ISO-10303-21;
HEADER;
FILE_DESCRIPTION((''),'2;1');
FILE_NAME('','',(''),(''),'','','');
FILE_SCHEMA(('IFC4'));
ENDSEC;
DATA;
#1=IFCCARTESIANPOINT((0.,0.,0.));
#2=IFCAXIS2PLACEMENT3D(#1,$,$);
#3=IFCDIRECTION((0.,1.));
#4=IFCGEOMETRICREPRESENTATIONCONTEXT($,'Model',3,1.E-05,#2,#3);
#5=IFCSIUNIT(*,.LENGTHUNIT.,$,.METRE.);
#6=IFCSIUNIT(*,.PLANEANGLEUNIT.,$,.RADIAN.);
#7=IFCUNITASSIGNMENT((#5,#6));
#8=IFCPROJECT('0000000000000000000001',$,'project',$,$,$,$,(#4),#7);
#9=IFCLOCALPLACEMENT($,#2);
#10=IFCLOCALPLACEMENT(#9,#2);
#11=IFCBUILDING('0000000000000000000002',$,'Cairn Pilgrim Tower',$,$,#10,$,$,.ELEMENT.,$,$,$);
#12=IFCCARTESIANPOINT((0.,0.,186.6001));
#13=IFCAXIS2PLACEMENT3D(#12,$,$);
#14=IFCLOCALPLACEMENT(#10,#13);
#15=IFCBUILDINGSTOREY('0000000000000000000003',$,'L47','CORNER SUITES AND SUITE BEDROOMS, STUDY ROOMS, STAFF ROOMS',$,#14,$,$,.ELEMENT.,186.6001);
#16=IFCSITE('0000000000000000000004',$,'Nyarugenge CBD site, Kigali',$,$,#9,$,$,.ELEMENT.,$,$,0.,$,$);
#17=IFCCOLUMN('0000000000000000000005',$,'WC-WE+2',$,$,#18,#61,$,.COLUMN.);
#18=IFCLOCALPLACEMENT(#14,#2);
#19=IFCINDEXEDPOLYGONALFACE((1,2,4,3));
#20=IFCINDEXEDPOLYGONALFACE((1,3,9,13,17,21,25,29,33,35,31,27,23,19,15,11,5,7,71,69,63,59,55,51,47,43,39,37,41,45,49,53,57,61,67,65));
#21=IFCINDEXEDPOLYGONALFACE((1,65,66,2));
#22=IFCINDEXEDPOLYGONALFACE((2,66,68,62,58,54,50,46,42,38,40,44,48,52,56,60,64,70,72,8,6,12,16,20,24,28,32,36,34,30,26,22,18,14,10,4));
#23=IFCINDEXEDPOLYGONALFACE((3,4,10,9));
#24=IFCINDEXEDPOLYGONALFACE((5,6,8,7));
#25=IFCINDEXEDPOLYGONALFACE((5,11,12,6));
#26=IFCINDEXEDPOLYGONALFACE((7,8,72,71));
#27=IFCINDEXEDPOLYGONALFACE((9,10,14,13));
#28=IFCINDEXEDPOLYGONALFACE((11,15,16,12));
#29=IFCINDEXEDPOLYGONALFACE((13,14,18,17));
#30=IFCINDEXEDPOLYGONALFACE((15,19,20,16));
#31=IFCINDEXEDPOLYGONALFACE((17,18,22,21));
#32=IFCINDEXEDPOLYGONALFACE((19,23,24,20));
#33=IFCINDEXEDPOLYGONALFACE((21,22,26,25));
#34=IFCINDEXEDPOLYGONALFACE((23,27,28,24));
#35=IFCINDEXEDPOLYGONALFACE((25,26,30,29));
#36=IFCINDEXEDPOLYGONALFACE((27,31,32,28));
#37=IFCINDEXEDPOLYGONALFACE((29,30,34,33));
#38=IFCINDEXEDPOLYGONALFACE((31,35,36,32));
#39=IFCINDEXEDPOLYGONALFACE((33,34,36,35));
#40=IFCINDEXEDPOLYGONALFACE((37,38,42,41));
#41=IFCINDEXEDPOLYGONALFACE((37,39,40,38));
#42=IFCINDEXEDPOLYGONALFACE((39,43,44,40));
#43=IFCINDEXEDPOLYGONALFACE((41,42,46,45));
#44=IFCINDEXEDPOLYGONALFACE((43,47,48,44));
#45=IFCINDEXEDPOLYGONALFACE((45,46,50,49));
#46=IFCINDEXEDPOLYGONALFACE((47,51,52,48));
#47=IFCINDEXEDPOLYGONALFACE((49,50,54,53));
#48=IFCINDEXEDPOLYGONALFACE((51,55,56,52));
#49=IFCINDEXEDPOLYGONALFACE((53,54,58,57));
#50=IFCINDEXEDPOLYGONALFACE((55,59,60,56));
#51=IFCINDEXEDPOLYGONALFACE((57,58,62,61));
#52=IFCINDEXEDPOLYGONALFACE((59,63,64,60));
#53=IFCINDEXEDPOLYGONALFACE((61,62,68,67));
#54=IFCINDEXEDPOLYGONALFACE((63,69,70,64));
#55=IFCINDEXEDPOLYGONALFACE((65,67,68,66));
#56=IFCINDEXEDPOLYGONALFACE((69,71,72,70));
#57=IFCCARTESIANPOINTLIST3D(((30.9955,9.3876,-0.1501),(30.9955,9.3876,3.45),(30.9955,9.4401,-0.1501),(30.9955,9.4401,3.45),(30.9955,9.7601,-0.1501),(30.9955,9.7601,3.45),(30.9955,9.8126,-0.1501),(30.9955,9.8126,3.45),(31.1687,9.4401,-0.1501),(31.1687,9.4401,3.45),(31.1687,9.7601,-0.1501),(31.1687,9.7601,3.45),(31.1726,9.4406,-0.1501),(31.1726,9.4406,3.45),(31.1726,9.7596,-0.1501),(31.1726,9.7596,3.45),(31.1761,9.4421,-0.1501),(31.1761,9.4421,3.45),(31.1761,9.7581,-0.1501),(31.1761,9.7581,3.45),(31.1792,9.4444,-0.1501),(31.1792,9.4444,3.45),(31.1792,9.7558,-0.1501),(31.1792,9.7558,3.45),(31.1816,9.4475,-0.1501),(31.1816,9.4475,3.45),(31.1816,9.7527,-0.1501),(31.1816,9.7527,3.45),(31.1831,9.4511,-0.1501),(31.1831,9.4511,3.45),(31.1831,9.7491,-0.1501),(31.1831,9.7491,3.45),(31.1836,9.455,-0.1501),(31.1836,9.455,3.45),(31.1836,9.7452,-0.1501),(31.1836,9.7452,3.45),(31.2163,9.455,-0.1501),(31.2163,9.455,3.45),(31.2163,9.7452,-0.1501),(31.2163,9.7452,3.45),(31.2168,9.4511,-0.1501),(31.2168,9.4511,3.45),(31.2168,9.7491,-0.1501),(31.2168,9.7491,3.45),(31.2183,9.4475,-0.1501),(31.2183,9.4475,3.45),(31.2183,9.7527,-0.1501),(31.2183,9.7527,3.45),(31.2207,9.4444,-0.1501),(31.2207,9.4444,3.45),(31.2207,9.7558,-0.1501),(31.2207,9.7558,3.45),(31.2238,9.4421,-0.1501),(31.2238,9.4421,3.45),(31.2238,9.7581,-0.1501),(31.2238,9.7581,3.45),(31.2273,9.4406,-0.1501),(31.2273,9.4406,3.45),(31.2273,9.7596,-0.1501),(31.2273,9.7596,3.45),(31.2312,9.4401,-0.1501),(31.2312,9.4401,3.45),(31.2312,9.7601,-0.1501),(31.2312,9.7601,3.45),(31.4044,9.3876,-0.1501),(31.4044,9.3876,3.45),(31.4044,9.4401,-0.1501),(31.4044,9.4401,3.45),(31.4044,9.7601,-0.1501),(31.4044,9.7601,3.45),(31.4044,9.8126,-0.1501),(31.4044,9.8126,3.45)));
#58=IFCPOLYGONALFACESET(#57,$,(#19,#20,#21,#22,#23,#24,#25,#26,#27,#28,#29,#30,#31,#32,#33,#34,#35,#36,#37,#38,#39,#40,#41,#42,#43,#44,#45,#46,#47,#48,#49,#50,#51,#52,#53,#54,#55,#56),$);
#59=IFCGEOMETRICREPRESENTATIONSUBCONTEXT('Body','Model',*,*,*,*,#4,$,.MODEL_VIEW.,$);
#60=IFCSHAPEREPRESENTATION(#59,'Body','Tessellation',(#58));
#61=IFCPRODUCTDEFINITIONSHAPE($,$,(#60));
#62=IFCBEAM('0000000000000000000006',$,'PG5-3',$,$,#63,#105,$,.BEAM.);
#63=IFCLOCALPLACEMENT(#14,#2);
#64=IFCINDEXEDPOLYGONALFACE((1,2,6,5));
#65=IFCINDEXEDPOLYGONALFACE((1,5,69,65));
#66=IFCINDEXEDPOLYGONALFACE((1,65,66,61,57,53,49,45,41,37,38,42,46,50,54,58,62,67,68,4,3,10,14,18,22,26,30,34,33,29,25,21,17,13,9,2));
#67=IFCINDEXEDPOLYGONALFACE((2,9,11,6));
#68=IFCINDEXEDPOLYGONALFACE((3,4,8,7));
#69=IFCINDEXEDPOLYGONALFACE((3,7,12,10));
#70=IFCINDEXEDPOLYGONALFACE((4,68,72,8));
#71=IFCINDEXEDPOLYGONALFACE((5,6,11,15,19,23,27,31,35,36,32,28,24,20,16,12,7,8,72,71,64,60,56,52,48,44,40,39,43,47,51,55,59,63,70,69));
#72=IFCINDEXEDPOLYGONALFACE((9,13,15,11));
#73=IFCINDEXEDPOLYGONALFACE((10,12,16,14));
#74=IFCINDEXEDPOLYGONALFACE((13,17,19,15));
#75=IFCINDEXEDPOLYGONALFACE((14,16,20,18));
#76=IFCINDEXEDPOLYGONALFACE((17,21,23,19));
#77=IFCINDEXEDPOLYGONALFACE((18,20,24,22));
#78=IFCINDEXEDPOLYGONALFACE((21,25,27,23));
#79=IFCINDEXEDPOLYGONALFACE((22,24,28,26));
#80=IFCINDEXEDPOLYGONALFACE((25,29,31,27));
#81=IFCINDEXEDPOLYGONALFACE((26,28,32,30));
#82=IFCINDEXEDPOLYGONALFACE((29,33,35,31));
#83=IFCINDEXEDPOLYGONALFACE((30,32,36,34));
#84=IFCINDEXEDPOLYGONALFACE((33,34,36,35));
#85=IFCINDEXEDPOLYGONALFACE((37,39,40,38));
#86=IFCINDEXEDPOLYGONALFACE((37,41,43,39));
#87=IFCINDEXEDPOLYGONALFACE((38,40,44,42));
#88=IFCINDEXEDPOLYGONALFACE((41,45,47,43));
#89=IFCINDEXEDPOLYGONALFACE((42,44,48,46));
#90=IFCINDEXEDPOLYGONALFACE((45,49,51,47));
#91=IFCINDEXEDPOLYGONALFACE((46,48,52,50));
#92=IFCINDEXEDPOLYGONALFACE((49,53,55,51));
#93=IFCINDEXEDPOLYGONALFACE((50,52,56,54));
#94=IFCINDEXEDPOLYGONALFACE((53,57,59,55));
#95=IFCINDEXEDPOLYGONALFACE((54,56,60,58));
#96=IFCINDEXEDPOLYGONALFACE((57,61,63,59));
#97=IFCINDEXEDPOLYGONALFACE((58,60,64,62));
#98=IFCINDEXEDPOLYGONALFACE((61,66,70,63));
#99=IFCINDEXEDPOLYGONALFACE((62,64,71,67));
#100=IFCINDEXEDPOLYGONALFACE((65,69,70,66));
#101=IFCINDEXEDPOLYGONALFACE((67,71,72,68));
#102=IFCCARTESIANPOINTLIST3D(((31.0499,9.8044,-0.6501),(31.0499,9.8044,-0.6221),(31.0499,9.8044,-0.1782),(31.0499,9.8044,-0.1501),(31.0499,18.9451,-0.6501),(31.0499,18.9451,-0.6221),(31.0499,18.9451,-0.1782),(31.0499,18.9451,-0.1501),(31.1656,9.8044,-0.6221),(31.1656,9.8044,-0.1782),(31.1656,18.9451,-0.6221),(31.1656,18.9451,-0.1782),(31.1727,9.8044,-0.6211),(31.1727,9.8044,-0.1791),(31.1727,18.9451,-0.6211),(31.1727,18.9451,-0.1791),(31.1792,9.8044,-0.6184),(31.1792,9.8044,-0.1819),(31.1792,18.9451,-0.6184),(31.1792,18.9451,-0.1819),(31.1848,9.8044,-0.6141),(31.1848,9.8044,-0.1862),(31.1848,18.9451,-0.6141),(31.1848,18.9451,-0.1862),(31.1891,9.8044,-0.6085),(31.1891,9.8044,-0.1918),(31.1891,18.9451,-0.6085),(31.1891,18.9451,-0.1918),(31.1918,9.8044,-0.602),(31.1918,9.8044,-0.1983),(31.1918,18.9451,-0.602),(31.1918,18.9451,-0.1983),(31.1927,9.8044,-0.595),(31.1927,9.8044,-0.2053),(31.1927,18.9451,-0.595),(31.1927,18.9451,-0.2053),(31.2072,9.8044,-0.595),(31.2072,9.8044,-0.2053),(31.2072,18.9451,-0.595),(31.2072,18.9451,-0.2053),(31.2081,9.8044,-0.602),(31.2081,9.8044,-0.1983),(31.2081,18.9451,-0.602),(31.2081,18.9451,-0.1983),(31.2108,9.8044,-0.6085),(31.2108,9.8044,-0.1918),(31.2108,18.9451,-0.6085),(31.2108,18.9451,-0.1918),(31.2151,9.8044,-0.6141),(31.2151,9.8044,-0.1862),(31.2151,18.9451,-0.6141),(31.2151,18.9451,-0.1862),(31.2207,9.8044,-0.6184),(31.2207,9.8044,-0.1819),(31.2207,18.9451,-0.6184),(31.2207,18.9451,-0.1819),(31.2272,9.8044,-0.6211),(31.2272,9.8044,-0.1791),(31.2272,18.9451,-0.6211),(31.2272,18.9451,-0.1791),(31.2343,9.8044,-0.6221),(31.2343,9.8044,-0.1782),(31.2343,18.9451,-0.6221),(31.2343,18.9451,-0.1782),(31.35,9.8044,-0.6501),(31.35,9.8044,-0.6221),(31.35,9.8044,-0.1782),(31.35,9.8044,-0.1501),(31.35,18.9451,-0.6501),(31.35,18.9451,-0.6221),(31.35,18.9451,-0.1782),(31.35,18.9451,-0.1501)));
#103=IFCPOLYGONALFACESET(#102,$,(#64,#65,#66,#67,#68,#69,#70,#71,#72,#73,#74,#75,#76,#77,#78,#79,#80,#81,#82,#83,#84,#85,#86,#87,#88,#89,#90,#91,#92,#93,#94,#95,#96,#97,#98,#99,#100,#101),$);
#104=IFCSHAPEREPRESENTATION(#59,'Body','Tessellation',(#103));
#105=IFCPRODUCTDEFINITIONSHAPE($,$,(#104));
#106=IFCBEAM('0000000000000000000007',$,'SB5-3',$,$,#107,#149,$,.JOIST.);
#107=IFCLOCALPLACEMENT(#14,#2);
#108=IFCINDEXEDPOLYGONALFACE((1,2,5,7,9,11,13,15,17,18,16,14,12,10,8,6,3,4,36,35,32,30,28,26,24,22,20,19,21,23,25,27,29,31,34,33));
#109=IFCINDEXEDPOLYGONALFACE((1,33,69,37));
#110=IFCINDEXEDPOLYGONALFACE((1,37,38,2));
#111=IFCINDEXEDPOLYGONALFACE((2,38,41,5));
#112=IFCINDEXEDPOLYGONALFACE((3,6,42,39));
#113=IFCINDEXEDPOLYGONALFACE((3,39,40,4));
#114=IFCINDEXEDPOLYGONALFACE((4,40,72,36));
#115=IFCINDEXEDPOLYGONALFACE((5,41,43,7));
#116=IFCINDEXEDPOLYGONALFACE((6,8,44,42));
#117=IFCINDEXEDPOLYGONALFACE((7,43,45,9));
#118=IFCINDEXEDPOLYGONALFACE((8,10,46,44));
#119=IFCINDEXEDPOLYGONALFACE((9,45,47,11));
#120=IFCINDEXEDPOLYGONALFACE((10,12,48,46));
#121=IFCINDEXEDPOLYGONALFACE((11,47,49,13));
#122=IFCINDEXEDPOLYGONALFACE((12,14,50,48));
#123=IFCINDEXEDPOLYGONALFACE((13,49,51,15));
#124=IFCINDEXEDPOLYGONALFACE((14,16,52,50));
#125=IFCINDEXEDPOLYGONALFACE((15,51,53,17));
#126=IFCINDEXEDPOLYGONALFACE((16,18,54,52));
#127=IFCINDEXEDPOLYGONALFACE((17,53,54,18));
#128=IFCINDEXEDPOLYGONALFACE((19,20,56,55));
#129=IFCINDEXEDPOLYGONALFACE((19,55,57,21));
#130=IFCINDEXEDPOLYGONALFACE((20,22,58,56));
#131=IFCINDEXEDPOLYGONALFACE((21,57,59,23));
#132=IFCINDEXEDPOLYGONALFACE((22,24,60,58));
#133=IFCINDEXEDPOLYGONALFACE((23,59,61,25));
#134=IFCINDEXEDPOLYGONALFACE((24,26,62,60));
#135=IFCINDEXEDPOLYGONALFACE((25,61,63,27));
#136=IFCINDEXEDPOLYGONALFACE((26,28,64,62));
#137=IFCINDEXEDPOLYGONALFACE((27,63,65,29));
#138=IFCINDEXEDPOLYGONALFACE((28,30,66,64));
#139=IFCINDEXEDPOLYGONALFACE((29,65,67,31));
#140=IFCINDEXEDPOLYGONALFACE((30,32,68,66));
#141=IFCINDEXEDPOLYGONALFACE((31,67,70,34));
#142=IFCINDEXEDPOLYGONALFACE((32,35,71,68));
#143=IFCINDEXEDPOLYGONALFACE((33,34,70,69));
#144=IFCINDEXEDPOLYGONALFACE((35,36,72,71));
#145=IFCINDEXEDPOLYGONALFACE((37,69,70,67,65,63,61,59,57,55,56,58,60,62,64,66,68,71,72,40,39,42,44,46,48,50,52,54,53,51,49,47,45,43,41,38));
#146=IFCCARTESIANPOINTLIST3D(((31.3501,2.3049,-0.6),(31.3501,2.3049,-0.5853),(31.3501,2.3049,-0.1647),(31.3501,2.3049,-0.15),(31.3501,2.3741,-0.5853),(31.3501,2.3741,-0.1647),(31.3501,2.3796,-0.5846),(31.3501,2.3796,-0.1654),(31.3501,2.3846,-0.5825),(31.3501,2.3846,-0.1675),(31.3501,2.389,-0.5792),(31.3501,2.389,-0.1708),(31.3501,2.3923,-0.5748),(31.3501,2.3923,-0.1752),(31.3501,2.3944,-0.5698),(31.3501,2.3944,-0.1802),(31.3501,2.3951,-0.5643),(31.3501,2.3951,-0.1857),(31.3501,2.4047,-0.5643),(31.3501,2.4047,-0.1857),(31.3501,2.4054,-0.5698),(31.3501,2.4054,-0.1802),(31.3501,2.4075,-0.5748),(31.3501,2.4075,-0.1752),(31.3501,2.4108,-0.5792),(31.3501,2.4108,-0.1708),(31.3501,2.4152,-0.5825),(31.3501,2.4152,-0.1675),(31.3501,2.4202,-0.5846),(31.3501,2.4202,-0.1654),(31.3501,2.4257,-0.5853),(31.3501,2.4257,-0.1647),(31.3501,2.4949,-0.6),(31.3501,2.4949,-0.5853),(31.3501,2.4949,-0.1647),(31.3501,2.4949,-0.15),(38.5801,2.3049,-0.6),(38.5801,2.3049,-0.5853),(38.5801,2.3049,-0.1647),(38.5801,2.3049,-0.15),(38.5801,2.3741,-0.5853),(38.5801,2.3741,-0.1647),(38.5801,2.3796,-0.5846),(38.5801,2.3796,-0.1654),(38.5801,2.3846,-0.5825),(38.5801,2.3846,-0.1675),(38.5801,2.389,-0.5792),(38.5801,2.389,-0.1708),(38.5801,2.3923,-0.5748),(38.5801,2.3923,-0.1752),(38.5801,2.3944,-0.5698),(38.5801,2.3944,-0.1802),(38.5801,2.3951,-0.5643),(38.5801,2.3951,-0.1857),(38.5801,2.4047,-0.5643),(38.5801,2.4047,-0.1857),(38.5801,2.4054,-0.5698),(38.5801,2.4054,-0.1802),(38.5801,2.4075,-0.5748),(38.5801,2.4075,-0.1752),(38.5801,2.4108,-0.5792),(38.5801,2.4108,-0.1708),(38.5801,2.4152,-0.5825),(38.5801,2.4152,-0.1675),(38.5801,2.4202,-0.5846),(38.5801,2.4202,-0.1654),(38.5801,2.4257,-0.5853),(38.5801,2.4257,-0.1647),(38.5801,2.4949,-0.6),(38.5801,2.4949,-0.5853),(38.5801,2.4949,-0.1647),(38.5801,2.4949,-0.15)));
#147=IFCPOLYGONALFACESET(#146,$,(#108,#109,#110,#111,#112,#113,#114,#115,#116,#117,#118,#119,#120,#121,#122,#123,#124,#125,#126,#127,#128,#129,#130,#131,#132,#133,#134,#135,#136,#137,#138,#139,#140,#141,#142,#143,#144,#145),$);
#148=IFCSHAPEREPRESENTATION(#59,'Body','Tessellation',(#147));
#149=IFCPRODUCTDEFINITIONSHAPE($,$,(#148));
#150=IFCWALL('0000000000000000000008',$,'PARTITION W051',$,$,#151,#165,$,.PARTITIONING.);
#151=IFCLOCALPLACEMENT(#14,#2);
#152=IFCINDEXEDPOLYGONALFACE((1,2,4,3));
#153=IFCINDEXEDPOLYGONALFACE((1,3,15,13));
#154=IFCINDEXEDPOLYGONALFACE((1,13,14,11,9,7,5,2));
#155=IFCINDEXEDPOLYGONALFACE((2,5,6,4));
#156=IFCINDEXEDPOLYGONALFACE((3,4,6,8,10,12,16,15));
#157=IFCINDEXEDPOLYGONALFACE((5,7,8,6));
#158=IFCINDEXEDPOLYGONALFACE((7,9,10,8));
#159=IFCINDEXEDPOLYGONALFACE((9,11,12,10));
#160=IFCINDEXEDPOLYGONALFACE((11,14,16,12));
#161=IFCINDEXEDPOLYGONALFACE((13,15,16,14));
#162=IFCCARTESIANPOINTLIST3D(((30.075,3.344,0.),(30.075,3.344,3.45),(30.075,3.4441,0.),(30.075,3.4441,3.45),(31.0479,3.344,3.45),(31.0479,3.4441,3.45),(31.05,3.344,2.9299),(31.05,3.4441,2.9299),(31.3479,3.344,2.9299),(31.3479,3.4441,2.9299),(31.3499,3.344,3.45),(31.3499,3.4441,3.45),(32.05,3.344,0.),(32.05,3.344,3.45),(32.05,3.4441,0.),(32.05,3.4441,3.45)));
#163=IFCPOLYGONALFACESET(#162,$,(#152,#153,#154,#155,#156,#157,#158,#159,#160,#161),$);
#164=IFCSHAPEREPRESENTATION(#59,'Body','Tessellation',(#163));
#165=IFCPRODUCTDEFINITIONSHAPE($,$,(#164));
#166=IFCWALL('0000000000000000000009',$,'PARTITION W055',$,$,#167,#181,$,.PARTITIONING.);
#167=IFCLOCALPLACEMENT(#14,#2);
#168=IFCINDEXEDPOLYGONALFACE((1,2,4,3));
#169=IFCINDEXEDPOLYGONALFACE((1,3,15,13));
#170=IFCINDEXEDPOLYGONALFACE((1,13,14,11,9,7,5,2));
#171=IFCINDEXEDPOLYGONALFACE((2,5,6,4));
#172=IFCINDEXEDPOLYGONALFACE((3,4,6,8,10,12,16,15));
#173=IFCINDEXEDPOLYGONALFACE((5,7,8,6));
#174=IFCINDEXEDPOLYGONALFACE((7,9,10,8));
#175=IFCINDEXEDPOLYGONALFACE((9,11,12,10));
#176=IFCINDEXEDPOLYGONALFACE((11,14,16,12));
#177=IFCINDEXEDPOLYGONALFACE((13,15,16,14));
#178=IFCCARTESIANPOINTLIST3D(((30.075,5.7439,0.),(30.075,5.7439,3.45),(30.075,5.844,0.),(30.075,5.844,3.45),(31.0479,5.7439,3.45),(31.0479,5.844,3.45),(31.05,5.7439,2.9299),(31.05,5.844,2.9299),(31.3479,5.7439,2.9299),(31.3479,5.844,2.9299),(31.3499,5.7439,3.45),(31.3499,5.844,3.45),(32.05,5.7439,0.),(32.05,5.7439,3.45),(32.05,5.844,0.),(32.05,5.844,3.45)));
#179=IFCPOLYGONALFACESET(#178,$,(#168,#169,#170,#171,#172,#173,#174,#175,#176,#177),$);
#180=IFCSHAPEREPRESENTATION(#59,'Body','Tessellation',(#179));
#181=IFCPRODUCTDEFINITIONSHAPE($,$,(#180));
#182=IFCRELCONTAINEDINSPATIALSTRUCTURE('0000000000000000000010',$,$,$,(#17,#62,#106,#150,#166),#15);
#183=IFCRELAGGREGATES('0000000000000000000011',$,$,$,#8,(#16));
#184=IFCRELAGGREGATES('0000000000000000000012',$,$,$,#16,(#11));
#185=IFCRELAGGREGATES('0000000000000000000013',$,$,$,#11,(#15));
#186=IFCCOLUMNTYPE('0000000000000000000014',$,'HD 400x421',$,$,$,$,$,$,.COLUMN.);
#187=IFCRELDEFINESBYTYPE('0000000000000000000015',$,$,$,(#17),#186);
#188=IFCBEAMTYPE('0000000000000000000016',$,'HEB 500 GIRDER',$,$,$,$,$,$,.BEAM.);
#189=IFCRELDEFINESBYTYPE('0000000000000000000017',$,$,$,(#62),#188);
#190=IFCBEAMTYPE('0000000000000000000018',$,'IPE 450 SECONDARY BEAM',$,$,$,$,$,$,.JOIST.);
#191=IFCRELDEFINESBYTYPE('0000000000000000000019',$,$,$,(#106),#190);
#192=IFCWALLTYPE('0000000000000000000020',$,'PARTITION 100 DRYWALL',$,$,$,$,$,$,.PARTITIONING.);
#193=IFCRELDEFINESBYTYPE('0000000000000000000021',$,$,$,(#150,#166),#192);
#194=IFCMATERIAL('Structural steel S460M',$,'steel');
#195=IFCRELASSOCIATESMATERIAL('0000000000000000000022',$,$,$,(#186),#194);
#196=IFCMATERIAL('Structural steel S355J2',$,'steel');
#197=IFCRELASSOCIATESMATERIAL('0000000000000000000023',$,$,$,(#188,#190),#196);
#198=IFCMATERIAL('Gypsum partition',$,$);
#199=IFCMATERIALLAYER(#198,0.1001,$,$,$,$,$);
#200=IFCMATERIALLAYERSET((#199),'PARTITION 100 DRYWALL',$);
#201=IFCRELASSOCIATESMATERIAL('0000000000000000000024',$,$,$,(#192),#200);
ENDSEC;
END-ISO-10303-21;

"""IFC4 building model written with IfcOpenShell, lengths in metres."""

from ifc_helpers import new_model, si_unit, direction, frame, origin, origin_2d, place, context, subcontext, project, spatial, polyline, i_section, outline, extrude, material, layer, layer_set, material_profile, profile_set, type_object, element, save


model = new_model("IFC4")

# Units and contexts
model_context = context("Model", 3, precision=1e-05, world=origin(), true_north=direction((0.0, 1.0)))
body_context = subcontext(model_context, "Body", "Model", "MODEL_VIEW")
ifc_project = project(units=[si_unit("LENGTHUNIT", "METRE"), si_unit("PLANEANGLEUNIT", "RADIAN")], contexts=[model_context])

# Site, building, storey
site_placement = place(None, origin())
site = spatial("IfcSite", under=ifc_project, at=site_placement, Name="Nyarugenge CBD site, Kigali", CompositionType="ELEMENT", RefElevation=0.0)
building_placement = place(site_placement, origin())
building = spatial("IfcBuilding", under=site, at=building_placement, Name="Cairn Pilgrim Tower", CompositionType="ELEMENT")
storey_placement = place(building_placement, frame((0.0, 0.0, 186.6001)))
storey = spatial("IfcBuildingStorey", under=building, at=storey_placement, Name="L47", Description="CORNER SUITES AND SUITE BEDROOMS, STUDY ROOMS, STAFF ROOMS", CompositionType="ELEMENT", Elevation=186.6001)

# Column
ifc_material_1 = material(Name="Structural steel S460M", Category="steel")
ifc_material_profile_1 = material_profile(ifc_material_1, i_section(OverallWidth=0.4089, OverallDepth=0.425, WebThickness=0.0327, FlangeThickness=0.0525, FilletRadius=0.0149, at=origin_2d()), Name="HD 400x421")
ifc_profile_set_1 = profile_set([ifc_material_profile_1], Name="Structural steel S460M")
column_type = type_object("IfcColumnType", Name="HD 400x421", PredefinedType="COLUMN", material=ifc_profile_set_1)
column_placement = place(storey_placement, frame((31.2, 9.6001, -0.1501), z_axis=(0.0, 0.0, 1.0), x_axis=(1.0, 0.0, 0.0)))
element("IfcColumn", 1, at=column_placement, inside=storey, type_object=column_type, Name="WC-WE+2", PredefinedType="COLUMN", context=body_context, shape_type="SweptSolid", body=[
    extrude(i_section(OverallWidth=0.4089, OverallDepth=0.425, WebThickness=0.0327, FlangeThickness=0.0525, FilletRadius=0.0149, at=origin_2d()), origin(), (0.0, 0.0, 1.0), 3.6001),
])

# Beams
ifc_material_2 = material(Name="Structural steel S355J2", Category="steel")
ifc_material_profile_2 = material_profile(ifc_material_2, i_section(OverallWidth=0.3, OverallDepth=0.5, WebThickness=0.0144, FlangeThickness=0.0281, FilletRadius=0.0271, at=origin_2d()), Name="HEB 500")
ifc_profile_set_2 = profile_set([ifc_material_profile_2], Name="Structural steel S355J2")
beam_type_1 = type_object("IfcBeamType", Name="HEB 500 GIRDER", PredefinedType="BEAM", material=ifc_profile_set_2)
beam_1_placement = place(storey_placement, frame((31.2, 9.8044, -0.4001), z_axis=(0.0, 1.0, 0.0), x_axis=(-1.0, 0.0, 0.0)))
element("IfcBeam", 2, at=beam_1_placement, inside=storey, type_object=beam_type_1, Name="PG5-3", PredefinedType="BEAM", context=body_context, shape_type="SweptSolid", body=[
    extrude(i_section(OverallWidth=0.3, OverallDepth=0.5, WebThickness=0.0144, FlangeThickness=0.0281, FilletRadius=0.0271, at=origin_2d()), origin(), (0.0, 0.0, 1.0), 9.1406),
])
ifc_material_profile_3 = material_profile(ifc_material_2, i_section(OverallWidth=0.1899, OverallDepth=0.45, WebThickness=0.0095, FlangeThickness=0.0146, FilletRadius=0.021, at=origin_2d()), Name="IPE 450")
ifc_profile_set_3 = profile_set([ifc_material_profile_3], Name="Structural steel S355J2")
beam_type_2 = type_object("IfcBeamType", Name="IPE 450 SECONDARY BEAM", PredefinedType="JOIST", material=ifc_profile_set_3)
beam_2_placement = place(storey_placement, frame((31.3501, 2.3999, -0.375), z_axis=(1.0, 0.0, 0.0), x_axis=(0.0, 1.0, 0.0)))
element("IfcBeam", 3, at=beam_2_placement, inside=storey, type_object=beam_type_2, Name="SB5-3", PredefinedType="JOIST", context=body_context, shape_type="SweptSolid", body=[
    extrude(i_section(OverallWidth=0.1899, OverallDepth=0.45, WebThickness=0.0095, FlangeThickness=0.0146, FilletRadius=0.021, at=origin_2d()), origin(), (0.0, 0.0, 1.0), 7.23),
])

# Walls
ifc_material_3 = material(Name="Gypsum partition")
ifc_layer_1 = layer(ifc_material_3, 0.1001)
ifc_layer_set_1 = layer_set([ifc_layer_1], Name="PARTITION 100 DRYWALL")
wall_type_1 = type_object("IfcWallType", Name="PARTITION 100 DRYWALL", PredefinedType="PARTITIONING", material=ifc_layer_set_1)
for number, where, z_axis, x_axis, name in (
    (4, (30.075, 3.394, 0.0), (0.0, 0.0, 1.0), (1.0, 0.0, 0.0), "PARTITION W051"),
    (5, (30.075, 5.7939, 0.0), (0.0, 0.0, 1.0), (1.0, 0.0, 0.0), "PARTITION W055"),
):
    element("IfcWall", number, at=place(storey_placement, frame(where, z_axis=z_axis, x_axis=x_axis)), inside=storey, type_object=wall_type_1, Name=name, PredefinedType="PARTITIONING", context=body_context, shape_type="SweptSolid", body=[
        extrude(outline(polyline([(0.0, 0.0), (1.9751, 0.0), (1.9751, 3.45), (1.2749, 3.45), (1.2729, 2.9299), (0.9751, 2.9299), (0.9729, 3.45), (0.0, 3.45), (0.0, 0.0)])), frame((0.0, 0.05, 0.0), z_axis=(0.0, -1.0, 0.0), x_axis=(1.0, 0.0, 0.0)), (0.0, 0.0, 1.0), 0.1001),
    ])

save(model, "model.ifc")
